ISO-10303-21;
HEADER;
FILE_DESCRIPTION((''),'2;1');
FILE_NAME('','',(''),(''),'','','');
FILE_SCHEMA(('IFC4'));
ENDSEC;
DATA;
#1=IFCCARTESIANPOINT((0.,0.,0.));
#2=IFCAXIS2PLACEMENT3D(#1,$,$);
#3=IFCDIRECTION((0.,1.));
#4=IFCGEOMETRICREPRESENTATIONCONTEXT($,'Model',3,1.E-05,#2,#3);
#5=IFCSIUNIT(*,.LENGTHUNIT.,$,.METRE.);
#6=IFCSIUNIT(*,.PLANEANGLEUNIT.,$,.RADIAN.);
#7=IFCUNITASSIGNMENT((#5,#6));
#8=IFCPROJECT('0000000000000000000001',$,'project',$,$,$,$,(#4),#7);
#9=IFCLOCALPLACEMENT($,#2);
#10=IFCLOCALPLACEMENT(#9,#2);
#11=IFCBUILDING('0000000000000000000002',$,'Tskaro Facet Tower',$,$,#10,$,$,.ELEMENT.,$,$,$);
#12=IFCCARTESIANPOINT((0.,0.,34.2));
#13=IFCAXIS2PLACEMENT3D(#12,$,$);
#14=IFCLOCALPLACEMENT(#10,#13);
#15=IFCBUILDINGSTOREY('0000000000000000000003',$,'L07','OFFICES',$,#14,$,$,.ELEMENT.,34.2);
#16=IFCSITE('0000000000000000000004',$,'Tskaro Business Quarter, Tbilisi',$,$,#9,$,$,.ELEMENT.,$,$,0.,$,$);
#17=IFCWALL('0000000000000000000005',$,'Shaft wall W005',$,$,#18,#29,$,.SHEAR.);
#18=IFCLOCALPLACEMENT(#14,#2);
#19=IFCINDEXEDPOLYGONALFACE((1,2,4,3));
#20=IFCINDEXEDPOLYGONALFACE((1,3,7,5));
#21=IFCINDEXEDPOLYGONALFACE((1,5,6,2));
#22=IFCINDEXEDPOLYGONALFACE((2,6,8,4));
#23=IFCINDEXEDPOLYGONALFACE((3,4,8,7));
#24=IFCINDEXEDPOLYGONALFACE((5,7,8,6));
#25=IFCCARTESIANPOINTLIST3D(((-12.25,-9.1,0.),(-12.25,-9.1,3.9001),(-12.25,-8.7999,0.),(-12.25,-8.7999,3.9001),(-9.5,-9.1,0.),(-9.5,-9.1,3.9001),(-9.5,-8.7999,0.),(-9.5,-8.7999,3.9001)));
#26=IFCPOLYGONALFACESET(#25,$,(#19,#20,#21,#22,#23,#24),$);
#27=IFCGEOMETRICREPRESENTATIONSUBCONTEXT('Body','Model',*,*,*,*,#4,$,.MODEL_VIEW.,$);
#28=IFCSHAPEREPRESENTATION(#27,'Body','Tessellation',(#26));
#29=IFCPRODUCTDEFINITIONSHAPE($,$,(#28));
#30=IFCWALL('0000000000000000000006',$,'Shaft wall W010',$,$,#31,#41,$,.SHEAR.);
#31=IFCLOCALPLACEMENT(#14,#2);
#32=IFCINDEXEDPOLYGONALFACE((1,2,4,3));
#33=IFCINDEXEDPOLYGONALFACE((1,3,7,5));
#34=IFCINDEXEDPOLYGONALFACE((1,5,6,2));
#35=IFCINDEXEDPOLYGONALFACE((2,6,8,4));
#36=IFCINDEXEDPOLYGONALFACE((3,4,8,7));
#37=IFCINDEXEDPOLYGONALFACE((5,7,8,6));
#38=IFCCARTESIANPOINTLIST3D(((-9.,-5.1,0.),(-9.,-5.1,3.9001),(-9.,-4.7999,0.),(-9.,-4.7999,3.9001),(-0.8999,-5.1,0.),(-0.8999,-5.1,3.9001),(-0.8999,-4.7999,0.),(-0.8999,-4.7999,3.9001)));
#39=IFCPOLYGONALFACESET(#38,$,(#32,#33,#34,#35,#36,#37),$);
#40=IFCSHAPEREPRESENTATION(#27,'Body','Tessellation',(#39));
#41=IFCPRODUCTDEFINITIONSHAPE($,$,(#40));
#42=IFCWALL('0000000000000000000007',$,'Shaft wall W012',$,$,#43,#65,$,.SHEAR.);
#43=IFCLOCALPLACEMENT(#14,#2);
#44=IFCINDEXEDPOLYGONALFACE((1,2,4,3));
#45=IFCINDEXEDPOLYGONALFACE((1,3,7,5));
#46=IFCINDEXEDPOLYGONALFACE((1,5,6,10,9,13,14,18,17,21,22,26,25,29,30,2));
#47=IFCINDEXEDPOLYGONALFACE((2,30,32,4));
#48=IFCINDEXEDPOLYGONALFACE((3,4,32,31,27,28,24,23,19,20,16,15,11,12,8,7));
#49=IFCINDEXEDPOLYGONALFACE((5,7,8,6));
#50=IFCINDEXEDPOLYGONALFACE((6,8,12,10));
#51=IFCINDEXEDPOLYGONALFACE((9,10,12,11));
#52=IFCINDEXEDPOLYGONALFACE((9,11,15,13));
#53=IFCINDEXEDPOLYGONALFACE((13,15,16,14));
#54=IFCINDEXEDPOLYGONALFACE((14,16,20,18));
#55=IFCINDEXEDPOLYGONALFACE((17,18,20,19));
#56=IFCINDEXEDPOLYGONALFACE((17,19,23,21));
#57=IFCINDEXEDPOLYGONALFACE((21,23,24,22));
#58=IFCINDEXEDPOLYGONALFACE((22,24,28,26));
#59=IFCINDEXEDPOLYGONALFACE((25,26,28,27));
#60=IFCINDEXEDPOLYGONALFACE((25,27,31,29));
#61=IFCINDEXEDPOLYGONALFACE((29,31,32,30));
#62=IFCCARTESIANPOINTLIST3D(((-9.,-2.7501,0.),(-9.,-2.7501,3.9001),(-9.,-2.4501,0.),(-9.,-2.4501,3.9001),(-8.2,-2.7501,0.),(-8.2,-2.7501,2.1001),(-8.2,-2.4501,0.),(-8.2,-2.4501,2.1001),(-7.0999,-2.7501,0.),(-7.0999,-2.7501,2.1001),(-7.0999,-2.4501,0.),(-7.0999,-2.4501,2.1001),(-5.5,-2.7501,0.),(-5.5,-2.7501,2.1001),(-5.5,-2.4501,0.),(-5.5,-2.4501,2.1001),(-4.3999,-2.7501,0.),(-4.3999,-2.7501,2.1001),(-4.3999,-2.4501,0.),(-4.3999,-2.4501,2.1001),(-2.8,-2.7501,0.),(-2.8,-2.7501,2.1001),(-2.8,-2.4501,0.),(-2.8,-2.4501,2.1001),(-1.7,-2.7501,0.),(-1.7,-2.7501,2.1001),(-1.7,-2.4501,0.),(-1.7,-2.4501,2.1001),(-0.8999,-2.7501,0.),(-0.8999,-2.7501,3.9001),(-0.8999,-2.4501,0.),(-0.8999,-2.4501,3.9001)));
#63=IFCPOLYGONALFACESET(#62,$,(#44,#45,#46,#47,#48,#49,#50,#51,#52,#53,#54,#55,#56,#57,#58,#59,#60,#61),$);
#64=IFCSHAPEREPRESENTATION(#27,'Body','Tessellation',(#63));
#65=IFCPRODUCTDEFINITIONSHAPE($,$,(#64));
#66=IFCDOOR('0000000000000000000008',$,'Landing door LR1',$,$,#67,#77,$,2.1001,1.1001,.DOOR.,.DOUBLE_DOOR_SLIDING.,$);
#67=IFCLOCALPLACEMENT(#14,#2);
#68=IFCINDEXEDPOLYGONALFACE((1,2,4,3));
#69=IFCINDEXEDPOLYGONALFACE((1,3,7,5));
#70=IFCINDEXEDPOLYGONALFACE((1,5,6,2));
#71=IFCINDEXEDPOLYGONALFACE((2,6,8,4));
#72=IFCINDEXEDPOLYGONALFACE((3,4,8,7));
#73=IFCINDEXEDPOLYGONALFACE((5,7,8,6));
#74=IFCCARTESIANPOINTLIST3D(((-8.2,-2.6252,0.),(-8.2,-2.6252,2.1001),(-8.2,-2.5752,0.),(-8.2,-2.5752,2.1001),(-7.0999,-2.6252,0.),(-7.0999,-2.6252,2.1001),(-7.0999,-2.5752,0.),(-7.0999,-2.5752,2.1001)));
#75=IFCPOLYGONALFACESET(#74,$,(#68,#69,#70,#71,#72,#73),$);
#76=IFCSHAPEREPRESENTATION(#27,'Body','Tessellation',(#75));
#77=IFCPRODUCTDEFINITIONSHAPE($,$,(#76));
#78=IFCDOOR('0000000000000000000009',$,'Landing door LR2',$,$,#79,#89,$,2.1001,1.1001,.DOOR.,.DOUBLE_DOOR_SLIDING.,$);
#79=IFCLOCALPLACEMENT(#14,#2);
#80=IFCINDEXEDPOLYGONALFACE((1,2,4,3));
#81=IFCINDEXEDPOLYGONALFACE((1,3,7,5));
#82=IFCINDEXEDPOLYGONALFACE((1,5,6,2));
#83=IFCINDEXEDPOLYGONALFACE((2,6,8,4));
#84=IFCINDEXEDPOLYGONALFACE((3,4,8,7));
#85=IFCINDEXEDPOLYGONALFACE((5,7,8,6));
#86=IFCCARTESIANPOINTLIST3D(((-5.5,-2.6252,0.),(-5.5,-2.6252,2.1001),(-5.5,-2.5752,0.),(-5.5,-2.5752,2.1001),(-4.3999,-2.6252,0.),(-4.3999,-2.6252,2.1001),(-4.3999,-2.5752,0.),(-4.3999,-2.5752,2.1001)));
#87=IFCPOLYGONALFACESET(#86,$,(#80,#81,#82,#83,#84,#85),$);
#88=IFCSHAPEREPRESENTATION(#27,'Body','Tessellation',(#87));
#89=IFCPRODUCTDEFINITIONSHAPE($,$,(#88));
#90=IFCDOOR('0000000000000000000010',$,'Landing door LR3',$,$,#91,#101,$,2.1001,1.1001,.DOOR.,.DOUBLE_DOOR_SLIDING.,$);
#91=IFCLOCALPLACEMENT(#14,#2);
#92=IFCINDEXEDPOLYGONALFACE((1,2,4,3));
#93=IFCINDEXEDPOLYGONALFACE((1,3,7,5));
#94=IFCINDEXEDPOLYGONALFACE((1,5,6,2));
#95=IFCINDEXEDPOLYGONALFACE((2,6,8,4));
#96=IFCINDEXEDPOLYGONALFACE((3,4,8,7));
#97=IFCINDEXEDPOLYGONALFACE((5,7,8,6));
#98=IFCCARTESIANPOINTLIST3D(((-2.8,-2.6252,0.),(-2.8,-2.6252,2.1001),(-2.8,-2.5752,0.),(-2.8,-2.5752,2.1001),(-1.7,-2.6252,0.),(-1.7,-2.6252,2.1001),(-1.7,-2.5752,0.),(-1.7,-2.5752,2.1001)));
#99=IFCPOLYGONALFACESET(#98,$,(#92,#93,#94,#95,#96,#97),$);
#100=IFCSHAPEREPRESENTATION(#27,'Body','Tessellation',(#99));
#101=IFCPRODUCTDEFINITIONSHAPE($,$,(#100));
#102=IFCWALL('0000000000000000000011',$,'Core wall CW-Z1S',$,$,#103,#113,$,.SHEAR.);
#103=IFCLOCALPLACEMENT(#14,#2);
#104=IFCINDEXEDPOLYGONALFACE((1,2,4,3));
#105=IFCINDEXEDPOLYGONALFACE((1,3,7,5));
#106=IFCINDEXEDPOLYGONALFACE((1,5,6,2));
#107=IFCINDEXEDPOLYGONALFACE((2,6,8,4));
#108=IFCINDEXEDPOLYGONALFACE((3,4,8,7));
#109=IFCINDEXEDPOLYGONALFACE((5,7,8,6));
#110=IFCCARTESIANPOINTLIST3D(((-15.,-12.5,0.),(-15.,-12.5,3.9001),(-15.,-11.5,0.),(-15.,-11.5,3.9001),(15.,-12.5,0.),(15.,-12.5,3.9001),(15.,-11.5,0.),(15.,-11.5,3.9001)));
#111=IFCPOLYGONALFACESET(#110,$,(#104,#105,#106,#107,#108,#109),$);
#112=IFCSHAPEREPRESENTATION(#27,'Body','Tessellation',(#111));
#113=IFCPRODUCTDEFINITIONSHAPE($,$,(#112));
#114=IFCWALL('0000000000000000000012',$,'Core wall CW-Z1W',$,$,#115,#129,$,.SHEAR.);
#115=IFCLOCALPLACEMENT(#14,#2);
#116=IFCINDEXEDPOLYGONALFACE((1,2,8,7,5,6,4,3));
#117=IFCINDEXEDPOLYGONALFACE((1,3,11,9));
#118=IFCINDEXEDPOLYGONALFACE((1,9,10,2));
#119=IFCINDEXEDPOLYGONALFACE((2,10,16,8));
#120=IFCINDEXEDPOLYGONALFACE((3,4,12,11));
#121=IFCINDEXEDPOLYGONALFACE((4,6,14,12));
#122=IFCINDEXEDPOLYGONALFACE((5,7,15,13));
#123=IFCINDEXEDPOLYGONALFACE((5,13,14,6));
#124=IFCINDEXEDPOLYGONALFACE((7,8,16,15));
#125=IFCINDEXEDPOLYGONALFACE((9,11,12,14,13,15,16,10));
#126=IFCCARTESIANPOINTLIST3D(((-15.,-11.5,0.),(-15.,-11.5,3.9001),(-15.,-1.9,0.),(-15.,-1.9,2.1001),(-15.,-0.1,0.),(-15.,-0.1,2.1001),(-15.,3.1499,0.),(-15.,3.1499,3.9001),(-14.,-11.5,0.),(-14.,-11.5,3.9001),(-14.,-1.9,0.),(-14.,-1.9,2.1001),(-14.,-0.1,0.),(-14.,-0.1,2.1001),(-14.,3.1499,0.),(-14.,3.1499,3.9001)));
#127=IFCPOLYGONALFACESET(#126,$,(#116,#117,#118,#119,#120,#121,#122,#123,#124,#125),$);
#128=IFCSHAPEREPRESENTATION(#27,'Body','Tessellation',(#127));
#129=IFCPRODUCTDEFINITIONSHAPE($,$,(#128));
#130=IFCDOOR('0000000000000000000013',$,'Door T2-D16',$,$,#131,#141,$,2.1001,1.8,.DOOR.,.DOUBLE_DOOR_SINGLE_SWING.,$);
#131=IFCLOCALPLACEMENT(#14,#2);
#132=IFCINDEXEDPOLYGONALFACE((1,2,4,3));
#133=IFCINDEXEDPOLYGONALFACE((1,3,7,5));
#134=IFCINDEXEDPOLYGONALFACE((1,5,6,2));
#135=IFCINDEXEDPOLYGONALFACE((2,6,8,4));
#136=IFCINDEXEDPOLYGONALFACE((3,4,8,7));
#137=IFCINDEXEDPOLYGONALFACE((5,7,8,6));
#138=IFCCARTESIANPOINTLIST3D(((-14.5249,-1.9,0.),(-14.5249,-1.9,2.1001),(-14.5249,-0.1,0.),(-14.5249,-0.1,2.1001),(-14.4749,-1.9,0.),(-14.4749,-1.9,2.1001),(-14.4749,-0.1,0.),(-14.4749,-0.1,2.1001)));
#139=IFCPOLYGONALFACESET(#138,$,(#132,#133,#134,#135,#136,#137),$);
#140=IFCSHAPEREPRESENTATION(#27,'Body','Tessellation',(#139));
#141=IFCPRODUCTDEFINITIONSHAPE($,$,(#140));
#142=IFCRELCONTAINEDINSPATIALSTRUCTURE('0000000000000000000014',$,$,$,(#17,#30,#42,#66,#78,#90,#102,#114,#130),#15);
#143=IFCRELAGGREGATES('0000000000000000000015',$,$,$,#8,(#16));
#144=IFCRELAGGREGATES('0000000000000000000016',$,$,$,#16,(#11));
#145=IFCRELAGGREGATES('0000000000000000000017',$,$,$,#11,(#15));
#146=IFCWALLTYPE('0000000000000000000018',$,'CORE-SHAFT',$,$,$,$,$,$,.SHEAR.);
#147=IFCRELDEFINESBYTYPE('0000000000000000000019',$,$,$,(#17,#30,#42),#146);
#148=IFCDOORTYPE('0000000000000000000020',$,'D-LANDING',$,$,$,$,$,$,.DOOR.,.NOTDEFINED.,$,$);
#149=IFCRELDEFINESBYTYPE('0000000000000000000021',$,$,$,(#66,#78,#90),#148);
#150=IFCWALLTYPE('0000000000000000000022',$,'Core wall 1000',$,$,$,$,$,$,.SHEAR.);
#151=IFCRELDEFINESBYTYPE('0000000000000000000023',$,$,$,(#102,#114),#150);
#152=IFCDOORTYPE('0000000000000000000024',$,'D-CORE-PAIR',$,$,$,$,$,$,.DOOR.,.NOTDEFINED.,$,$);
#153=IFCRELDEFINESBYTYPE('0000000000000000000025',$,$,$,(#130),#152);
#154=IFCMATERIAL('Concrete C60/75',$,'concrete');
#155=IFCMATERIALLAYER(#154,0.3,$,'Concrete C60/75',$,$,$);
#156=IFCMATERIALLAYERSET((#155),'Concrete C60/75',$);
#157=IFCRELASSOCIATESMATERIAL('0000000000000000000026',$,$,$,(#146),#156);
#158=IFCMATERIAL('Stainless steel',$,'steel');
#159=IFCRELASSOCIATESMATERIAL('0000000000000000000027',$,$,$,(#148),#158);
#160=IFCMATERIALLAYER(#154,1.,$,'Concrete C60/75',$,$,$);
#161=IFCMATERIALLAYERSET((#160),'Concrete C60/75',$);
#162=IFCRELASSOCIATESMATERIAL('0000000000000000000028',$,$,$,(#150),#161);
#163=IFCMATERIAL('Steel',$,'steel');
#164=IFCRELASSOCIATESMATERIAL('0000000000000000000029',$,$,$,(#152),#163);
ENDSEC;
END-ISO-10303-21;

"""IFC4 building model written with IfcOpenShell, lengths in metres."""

from ifc_helpers import new_model, si_unit, direction, frame, frame_2d, origin, place, context, subcontext, project, spatial, rectangle, extrude, material, layer, layer_set, type_object, element, fill, save


model = new_model("IFC4")

# Units and contexts
model_context = context("Model", 3, precision=1e-05, world=origin(), true_north=direction((0.0, 1.0)))
body_context = subcontext(model_context, "Body", "Model", "MODEL_VIEW")
ifc_project = project(units=[si_unit("LENGTHUNIT", "METRE"), si_unit("PLANEANGLEUNIT", "RADIAN")], contexts=[model_context])

# Site, building, storey
site_placement = place(None, origin())
site = spatial("IfcSite", under=ifc_project, at=site_placement, Name="Tskaro Business Quarter, Tbilisi", CompositionType="ELEMENT", RefElevation=0.0)
building_placement = place(site_placement, origin())
building = spatial("IfcBuilding", under=site, at=building_placement, Name="Tskaro Facet Tower", CompositionType="ELEMENT")
storey_placement = place(building_placement, frame((0.0, 0.0, 34.2)))
storey = spatial("IfcBuildingStorey", under=building, at=storey_placement, Name="L07", Description="OFFICES", CompositionType="ELEMENT", Elevation=34.2)

# Walls
ifc_material_1 = material(Name="Concrete C60/75", Category="concrete")
ifc_layer_1 = layer(ifc_material_1, 0.3, Name="Concrete C60/75")
ifc_layer_set_1 = layer_set([ifc_layer_1], Name="Concrete C60/75")
wall_type_1 = type_object("IfcWallType", Name="CORE-SHAFT", PredefinedType="SHEAR", material=ifc_layer_set_1)
wall_1_placement = place(storey_placement, frame((-12.25, -8.95, 0.0), z_axis=(0.0, 0.0, 1.0), x_axis=(1.0, 0.0, 0.0)))
element("IfcWall", 1, at=wall_1_placement, inside=storey, type_object=wall_type_1, Name="Shaft wall W005", PredefinedType="SHEAR", context=body_context, shape_type="SweptSolid", body=[
    extrude(rectangle(XDim=2.75, YDim=0.3, at=frame_2d((1.375, 0.0))), origin(), (0.0, 0.0, 1.0), 3.9001),
])
wall_2_placement = place(storey_placement, frame((-9.0, -4.95, 0.0), z_axis=(0.0, 0.0, 1.0), x_axis=(1.0, 0.0, 0.0)))
element("IfcWall", 2, at=wall_2_placement, inside=storey, type_object=wall_type_1, Name="Shaft wall W010", PredefinedType="SHEAR", context=body_context, shape_type="SweptSolid", body=[
    extrude(rectangle(XDim=8.1001, YDim=0.3, at=frame_2d((4.05, 0.0))), origin(), (0.0, 0.0, 1.0), 3.9001),
])

# Wall, openings, doors
wall_3_placement = place(storey_placement, frame((-9.0, -2.6001, 0.0), z_axis=(0.0, 0.0, 1.0), x_axis=(1.0, 0.0, 0.0)))
wall_3 = element("IfcWall", 3, at=wall_3_placement, inside=storey, type_object=wall_type_1, Name="Shaft wall W012", PredefinedType="SHEAR", context=body_context, shape_type="SweptSolid", body=[
    extrude(rectangle(XDim=8.1001, YDim=0.3, at=frame_2d((4.05, 0.0))), origin(), (0.0, 0.0, 1.0), 3.9001),
])
opening_1_placement = place(wall_3_placement, frame((0.8, 0.0, 0.0)))
opening_1 = element("IfcOpeningElement", 4, at=opening_1_placement, cuts=wall_3, PredefinedType="OPENING", context=body_context, shape_type="SweptSolid", body=[
    extrude(rectangle(XDim=1.1001, YDim=2.1001, at=frame_2d((0.55, 1.05))), frame((0.0, 0.1599, 0.0), z_axis=(0.0, -1.0, 0.0), x_axis=(1.0, 0.0, 0.0)), (0.0, 0.0, 1.0), 0.3201),
])
opening_2_placement = place(wall_3_placement, frame((3.5, 0.0, 0.0)))
opening_2 = element("IfcOpeningElement", 5, at=opening_2_placement, cuts=wall_3, PredefinedType="OPENING", context=body_context, shape_type="SweptSolid", body=[
    extrude(rectangle(XDim=1.1001, YDim=2.1001, at=frame_2d((0.55, 1.05))), frame((0.0, 0.1599, 0.0), z_axis=(0.0, -1.0, 0.0), x_axis=(1.0, 0.0, 0.0)), (0.0, 0.0, 1.0), 0.3201),
])
opening_3_placement = place(wall_3_placement, frame((6.2, 0.0, 0.0)))
opening_3 = element("IfcOpeningElement", 6, at=opening_3_placement, cuts=wall_3, PredefinedType="OPENING", context=body_context, shape_type="SweptSolid", body=[
    extrude(rectangle(XDim=1.1001, YDim=2.1001, at=frame_2d((0.55, 1.05))), frame((0.0, 0.1599, 0.0), z_axis=(0.0, -1.0, 0.0), x_axis=(1.0, 0.0, 0.0)), (0.0, 0.0, 1.0), 0.3201),
])
ifc_material_2 = material(Name="Stainless steel", Category="steel")
door_type_1 = type_object("IfcDoorType", Name="D-LANDING", OperationType="NOTDEFINED", PredefinedType="DOOR", material=ifc_material_2)
door_1_placement = place(opening_1_placement, origin())
door_1 = element("IfcDoor", 7, at=door_1_placement, inside=storey, type_object=door_type_1, Name="Landing door LR1", OperationType="DOUBLE_DOOR_SLIDING", OverallHeight=2.1001, OverallWidth=1.1001, PredefinedType="DOOR", context=body_context, shape_type="SweptSolid", body=[
    extrude(rectangle(XDim=1.1001, YDim=2.1001, at=frame_2d((0.55, 1.05))), frame((0.0, 0.0249, 0.0), z_axis=(0.0, -1.0, 0.0), x_axis=(1.0, 0.0, 0.0)), (0.0, 0.0, 1.0), 0.05),
])
fill(opening_1, door_1)
door_2_placement = place(opening_2_placement, origin())
door_2 = element("IfcDoor", 8, at=door_2_placement, inside=storey, type_object=door_type_1, Name="Landing door LR2", OperationType="DOUBLE_DOOR_SLIDING", OverallHeight=2.1001, OverallWidth=1.1001, PredefinedType="DOOR", context=body_context, shape_type="SweptSolid", body=[
    extrude(rectangle(XDim=1.1001, YDim=2.1001, at=frame_2d((0.55, 1.05))), frame((0.0, 0.0249, 0.0), z_axis=(0.0, -1.0, 0.0), x_axis=(1.0, 0.0, 0.0)), (0.0, 0.0, 1.0), 0.05),
])
fill(opening_2, door_2)
door_3_placement = place(opening_3_placement, origin())
door_3 = element("IfcDoor", 9, at=door_3_placement, inside=storey, type_object=door_type_1, Name="Landing door LR3", OperationType="DOUBLE_DOOR_SLIDING", OverallHeight=2.1001, OverallWidth=1.1001, PredefinedType="DOOR", context=body_context, shape_type="SweptSolid", body=[
    extrude(rectangle(XDim=1.1001, YDim=2.1001, at=frame_2d((0.55, 1.05))), frame((0.0, 0.0249, 0.0), z_axis=(0.0, -1.0, 0.0), x_axis=(1.0, 0.0, 0.0)), (0.0, 0.0, 1.0), 0.05),
])
fill(opening_3, door_3)

# Wall
ifc_layer_2 = layer(ifc_material_1, 1.0, Name="Concrete C60/75")
ifc_layer_set_2 = layer_set([ifc_layer_2], Name="Concrete C60/75")
wall_type_2 = type_object("IfcWallType", Name="Core wall 1000", PredefinedType="SHEAR", material=ifc_layer_set_2)
wall_4_placement = place(storey_placement, frame((-15.0, -12.0, 0.0), z_axis=(0.0, 0.0, 1.0), x_axis=(1.0, 0.0, 0.0)))
element("IfcWall", 10, at=wall_4_placement, inside=storey, type_object=wall_type_2, Name="Core wall CW-Z1S", PredefinedType="SHEAR", context=body_context, shape_type="SweptSolid", body=[
    extrude(rectangle(XDim=30.0, YDim=1.0, at=frame_2d((15.0, 0.0))), origin(), (0.0, 0.0, 1.0), 3.9001),
])

# Wall, opening, door
wall_5_placement = place(storey_placement, frame((-14.5, -11.5, 0.0), z_axis=(0.0, 0.0, 1.0), x_axis=(0.0, 1.0, 0.0)))
wall_5 = element("IfcWall", 11, at=wall_5_placement, inside=storey, type_object=wall_type_2, Name="Core wall CW-Z1W", PredefinedType="SHEAR", context=body_context, shape_type="SweptSolid", body=[
    extrude(rectangle(XDim=14.6499, YDim=1.0, at=frame_2d((7.325, 0.0))), origin(), (0.0, 0.0, 1.0), 3.9001),
])
opening_4_placement = place(wall_5_placement, frame((9.6001, 0.0, 0.0)))
opening_4 = element("IfcOpeningElement", 12, at=opening_4_placement, cuts=wall_5, PredefinedType="OPENING", context=body_context, shape_type="SweptSolid", body=[
    extrude(rectangle(XDim=1.8, YDim=2.1001, at=frame_2d((0.8999, 1.05))), frame((0.0, 0.51, 0.0), z_axis=(0.0, -1.0, 0.0), x_axis=(1.0, 0.0, 0.0)), (0.0, 0.0, 1.0), 1.02),
])
ifc_material_3 = material(Name="Steel", Category="steel")
door_type_2 = type_object("IfcDoorType", Name="D-CORE-PAIR", OperationType="NOTDEFINED", PredefinedType="DOOR", material=ifc_material_3)
door_4_placement = place(opening_4_placement, origin())
door_4 = element("IfcDoor", 13, at=door_4_placement, inside=storey, type_object=door_type_2, Name="Door T2-D16", OperationType="DOUBLE_DOOR_SINGLE_SWING", OverallHeight=2.1001, OverallWidth=1.8, PredefinedType="DOOR", context=body_context, shape_type="SweptSolid", body=[
    extrude(rectangle(XDim=1.8, YDim=2.1001, at=frame_2d((0.8999, 1.05))), frame((0.0, 0.0249, 0.0), z_axis=(0.0, -1.0, 0.0), x_axis=(1.0, 0.0, 0.0)), (0.0, 0.0, 1.0), 0.05),
])
fill(opening_4, door_4)

save(model, "model.ifc")
